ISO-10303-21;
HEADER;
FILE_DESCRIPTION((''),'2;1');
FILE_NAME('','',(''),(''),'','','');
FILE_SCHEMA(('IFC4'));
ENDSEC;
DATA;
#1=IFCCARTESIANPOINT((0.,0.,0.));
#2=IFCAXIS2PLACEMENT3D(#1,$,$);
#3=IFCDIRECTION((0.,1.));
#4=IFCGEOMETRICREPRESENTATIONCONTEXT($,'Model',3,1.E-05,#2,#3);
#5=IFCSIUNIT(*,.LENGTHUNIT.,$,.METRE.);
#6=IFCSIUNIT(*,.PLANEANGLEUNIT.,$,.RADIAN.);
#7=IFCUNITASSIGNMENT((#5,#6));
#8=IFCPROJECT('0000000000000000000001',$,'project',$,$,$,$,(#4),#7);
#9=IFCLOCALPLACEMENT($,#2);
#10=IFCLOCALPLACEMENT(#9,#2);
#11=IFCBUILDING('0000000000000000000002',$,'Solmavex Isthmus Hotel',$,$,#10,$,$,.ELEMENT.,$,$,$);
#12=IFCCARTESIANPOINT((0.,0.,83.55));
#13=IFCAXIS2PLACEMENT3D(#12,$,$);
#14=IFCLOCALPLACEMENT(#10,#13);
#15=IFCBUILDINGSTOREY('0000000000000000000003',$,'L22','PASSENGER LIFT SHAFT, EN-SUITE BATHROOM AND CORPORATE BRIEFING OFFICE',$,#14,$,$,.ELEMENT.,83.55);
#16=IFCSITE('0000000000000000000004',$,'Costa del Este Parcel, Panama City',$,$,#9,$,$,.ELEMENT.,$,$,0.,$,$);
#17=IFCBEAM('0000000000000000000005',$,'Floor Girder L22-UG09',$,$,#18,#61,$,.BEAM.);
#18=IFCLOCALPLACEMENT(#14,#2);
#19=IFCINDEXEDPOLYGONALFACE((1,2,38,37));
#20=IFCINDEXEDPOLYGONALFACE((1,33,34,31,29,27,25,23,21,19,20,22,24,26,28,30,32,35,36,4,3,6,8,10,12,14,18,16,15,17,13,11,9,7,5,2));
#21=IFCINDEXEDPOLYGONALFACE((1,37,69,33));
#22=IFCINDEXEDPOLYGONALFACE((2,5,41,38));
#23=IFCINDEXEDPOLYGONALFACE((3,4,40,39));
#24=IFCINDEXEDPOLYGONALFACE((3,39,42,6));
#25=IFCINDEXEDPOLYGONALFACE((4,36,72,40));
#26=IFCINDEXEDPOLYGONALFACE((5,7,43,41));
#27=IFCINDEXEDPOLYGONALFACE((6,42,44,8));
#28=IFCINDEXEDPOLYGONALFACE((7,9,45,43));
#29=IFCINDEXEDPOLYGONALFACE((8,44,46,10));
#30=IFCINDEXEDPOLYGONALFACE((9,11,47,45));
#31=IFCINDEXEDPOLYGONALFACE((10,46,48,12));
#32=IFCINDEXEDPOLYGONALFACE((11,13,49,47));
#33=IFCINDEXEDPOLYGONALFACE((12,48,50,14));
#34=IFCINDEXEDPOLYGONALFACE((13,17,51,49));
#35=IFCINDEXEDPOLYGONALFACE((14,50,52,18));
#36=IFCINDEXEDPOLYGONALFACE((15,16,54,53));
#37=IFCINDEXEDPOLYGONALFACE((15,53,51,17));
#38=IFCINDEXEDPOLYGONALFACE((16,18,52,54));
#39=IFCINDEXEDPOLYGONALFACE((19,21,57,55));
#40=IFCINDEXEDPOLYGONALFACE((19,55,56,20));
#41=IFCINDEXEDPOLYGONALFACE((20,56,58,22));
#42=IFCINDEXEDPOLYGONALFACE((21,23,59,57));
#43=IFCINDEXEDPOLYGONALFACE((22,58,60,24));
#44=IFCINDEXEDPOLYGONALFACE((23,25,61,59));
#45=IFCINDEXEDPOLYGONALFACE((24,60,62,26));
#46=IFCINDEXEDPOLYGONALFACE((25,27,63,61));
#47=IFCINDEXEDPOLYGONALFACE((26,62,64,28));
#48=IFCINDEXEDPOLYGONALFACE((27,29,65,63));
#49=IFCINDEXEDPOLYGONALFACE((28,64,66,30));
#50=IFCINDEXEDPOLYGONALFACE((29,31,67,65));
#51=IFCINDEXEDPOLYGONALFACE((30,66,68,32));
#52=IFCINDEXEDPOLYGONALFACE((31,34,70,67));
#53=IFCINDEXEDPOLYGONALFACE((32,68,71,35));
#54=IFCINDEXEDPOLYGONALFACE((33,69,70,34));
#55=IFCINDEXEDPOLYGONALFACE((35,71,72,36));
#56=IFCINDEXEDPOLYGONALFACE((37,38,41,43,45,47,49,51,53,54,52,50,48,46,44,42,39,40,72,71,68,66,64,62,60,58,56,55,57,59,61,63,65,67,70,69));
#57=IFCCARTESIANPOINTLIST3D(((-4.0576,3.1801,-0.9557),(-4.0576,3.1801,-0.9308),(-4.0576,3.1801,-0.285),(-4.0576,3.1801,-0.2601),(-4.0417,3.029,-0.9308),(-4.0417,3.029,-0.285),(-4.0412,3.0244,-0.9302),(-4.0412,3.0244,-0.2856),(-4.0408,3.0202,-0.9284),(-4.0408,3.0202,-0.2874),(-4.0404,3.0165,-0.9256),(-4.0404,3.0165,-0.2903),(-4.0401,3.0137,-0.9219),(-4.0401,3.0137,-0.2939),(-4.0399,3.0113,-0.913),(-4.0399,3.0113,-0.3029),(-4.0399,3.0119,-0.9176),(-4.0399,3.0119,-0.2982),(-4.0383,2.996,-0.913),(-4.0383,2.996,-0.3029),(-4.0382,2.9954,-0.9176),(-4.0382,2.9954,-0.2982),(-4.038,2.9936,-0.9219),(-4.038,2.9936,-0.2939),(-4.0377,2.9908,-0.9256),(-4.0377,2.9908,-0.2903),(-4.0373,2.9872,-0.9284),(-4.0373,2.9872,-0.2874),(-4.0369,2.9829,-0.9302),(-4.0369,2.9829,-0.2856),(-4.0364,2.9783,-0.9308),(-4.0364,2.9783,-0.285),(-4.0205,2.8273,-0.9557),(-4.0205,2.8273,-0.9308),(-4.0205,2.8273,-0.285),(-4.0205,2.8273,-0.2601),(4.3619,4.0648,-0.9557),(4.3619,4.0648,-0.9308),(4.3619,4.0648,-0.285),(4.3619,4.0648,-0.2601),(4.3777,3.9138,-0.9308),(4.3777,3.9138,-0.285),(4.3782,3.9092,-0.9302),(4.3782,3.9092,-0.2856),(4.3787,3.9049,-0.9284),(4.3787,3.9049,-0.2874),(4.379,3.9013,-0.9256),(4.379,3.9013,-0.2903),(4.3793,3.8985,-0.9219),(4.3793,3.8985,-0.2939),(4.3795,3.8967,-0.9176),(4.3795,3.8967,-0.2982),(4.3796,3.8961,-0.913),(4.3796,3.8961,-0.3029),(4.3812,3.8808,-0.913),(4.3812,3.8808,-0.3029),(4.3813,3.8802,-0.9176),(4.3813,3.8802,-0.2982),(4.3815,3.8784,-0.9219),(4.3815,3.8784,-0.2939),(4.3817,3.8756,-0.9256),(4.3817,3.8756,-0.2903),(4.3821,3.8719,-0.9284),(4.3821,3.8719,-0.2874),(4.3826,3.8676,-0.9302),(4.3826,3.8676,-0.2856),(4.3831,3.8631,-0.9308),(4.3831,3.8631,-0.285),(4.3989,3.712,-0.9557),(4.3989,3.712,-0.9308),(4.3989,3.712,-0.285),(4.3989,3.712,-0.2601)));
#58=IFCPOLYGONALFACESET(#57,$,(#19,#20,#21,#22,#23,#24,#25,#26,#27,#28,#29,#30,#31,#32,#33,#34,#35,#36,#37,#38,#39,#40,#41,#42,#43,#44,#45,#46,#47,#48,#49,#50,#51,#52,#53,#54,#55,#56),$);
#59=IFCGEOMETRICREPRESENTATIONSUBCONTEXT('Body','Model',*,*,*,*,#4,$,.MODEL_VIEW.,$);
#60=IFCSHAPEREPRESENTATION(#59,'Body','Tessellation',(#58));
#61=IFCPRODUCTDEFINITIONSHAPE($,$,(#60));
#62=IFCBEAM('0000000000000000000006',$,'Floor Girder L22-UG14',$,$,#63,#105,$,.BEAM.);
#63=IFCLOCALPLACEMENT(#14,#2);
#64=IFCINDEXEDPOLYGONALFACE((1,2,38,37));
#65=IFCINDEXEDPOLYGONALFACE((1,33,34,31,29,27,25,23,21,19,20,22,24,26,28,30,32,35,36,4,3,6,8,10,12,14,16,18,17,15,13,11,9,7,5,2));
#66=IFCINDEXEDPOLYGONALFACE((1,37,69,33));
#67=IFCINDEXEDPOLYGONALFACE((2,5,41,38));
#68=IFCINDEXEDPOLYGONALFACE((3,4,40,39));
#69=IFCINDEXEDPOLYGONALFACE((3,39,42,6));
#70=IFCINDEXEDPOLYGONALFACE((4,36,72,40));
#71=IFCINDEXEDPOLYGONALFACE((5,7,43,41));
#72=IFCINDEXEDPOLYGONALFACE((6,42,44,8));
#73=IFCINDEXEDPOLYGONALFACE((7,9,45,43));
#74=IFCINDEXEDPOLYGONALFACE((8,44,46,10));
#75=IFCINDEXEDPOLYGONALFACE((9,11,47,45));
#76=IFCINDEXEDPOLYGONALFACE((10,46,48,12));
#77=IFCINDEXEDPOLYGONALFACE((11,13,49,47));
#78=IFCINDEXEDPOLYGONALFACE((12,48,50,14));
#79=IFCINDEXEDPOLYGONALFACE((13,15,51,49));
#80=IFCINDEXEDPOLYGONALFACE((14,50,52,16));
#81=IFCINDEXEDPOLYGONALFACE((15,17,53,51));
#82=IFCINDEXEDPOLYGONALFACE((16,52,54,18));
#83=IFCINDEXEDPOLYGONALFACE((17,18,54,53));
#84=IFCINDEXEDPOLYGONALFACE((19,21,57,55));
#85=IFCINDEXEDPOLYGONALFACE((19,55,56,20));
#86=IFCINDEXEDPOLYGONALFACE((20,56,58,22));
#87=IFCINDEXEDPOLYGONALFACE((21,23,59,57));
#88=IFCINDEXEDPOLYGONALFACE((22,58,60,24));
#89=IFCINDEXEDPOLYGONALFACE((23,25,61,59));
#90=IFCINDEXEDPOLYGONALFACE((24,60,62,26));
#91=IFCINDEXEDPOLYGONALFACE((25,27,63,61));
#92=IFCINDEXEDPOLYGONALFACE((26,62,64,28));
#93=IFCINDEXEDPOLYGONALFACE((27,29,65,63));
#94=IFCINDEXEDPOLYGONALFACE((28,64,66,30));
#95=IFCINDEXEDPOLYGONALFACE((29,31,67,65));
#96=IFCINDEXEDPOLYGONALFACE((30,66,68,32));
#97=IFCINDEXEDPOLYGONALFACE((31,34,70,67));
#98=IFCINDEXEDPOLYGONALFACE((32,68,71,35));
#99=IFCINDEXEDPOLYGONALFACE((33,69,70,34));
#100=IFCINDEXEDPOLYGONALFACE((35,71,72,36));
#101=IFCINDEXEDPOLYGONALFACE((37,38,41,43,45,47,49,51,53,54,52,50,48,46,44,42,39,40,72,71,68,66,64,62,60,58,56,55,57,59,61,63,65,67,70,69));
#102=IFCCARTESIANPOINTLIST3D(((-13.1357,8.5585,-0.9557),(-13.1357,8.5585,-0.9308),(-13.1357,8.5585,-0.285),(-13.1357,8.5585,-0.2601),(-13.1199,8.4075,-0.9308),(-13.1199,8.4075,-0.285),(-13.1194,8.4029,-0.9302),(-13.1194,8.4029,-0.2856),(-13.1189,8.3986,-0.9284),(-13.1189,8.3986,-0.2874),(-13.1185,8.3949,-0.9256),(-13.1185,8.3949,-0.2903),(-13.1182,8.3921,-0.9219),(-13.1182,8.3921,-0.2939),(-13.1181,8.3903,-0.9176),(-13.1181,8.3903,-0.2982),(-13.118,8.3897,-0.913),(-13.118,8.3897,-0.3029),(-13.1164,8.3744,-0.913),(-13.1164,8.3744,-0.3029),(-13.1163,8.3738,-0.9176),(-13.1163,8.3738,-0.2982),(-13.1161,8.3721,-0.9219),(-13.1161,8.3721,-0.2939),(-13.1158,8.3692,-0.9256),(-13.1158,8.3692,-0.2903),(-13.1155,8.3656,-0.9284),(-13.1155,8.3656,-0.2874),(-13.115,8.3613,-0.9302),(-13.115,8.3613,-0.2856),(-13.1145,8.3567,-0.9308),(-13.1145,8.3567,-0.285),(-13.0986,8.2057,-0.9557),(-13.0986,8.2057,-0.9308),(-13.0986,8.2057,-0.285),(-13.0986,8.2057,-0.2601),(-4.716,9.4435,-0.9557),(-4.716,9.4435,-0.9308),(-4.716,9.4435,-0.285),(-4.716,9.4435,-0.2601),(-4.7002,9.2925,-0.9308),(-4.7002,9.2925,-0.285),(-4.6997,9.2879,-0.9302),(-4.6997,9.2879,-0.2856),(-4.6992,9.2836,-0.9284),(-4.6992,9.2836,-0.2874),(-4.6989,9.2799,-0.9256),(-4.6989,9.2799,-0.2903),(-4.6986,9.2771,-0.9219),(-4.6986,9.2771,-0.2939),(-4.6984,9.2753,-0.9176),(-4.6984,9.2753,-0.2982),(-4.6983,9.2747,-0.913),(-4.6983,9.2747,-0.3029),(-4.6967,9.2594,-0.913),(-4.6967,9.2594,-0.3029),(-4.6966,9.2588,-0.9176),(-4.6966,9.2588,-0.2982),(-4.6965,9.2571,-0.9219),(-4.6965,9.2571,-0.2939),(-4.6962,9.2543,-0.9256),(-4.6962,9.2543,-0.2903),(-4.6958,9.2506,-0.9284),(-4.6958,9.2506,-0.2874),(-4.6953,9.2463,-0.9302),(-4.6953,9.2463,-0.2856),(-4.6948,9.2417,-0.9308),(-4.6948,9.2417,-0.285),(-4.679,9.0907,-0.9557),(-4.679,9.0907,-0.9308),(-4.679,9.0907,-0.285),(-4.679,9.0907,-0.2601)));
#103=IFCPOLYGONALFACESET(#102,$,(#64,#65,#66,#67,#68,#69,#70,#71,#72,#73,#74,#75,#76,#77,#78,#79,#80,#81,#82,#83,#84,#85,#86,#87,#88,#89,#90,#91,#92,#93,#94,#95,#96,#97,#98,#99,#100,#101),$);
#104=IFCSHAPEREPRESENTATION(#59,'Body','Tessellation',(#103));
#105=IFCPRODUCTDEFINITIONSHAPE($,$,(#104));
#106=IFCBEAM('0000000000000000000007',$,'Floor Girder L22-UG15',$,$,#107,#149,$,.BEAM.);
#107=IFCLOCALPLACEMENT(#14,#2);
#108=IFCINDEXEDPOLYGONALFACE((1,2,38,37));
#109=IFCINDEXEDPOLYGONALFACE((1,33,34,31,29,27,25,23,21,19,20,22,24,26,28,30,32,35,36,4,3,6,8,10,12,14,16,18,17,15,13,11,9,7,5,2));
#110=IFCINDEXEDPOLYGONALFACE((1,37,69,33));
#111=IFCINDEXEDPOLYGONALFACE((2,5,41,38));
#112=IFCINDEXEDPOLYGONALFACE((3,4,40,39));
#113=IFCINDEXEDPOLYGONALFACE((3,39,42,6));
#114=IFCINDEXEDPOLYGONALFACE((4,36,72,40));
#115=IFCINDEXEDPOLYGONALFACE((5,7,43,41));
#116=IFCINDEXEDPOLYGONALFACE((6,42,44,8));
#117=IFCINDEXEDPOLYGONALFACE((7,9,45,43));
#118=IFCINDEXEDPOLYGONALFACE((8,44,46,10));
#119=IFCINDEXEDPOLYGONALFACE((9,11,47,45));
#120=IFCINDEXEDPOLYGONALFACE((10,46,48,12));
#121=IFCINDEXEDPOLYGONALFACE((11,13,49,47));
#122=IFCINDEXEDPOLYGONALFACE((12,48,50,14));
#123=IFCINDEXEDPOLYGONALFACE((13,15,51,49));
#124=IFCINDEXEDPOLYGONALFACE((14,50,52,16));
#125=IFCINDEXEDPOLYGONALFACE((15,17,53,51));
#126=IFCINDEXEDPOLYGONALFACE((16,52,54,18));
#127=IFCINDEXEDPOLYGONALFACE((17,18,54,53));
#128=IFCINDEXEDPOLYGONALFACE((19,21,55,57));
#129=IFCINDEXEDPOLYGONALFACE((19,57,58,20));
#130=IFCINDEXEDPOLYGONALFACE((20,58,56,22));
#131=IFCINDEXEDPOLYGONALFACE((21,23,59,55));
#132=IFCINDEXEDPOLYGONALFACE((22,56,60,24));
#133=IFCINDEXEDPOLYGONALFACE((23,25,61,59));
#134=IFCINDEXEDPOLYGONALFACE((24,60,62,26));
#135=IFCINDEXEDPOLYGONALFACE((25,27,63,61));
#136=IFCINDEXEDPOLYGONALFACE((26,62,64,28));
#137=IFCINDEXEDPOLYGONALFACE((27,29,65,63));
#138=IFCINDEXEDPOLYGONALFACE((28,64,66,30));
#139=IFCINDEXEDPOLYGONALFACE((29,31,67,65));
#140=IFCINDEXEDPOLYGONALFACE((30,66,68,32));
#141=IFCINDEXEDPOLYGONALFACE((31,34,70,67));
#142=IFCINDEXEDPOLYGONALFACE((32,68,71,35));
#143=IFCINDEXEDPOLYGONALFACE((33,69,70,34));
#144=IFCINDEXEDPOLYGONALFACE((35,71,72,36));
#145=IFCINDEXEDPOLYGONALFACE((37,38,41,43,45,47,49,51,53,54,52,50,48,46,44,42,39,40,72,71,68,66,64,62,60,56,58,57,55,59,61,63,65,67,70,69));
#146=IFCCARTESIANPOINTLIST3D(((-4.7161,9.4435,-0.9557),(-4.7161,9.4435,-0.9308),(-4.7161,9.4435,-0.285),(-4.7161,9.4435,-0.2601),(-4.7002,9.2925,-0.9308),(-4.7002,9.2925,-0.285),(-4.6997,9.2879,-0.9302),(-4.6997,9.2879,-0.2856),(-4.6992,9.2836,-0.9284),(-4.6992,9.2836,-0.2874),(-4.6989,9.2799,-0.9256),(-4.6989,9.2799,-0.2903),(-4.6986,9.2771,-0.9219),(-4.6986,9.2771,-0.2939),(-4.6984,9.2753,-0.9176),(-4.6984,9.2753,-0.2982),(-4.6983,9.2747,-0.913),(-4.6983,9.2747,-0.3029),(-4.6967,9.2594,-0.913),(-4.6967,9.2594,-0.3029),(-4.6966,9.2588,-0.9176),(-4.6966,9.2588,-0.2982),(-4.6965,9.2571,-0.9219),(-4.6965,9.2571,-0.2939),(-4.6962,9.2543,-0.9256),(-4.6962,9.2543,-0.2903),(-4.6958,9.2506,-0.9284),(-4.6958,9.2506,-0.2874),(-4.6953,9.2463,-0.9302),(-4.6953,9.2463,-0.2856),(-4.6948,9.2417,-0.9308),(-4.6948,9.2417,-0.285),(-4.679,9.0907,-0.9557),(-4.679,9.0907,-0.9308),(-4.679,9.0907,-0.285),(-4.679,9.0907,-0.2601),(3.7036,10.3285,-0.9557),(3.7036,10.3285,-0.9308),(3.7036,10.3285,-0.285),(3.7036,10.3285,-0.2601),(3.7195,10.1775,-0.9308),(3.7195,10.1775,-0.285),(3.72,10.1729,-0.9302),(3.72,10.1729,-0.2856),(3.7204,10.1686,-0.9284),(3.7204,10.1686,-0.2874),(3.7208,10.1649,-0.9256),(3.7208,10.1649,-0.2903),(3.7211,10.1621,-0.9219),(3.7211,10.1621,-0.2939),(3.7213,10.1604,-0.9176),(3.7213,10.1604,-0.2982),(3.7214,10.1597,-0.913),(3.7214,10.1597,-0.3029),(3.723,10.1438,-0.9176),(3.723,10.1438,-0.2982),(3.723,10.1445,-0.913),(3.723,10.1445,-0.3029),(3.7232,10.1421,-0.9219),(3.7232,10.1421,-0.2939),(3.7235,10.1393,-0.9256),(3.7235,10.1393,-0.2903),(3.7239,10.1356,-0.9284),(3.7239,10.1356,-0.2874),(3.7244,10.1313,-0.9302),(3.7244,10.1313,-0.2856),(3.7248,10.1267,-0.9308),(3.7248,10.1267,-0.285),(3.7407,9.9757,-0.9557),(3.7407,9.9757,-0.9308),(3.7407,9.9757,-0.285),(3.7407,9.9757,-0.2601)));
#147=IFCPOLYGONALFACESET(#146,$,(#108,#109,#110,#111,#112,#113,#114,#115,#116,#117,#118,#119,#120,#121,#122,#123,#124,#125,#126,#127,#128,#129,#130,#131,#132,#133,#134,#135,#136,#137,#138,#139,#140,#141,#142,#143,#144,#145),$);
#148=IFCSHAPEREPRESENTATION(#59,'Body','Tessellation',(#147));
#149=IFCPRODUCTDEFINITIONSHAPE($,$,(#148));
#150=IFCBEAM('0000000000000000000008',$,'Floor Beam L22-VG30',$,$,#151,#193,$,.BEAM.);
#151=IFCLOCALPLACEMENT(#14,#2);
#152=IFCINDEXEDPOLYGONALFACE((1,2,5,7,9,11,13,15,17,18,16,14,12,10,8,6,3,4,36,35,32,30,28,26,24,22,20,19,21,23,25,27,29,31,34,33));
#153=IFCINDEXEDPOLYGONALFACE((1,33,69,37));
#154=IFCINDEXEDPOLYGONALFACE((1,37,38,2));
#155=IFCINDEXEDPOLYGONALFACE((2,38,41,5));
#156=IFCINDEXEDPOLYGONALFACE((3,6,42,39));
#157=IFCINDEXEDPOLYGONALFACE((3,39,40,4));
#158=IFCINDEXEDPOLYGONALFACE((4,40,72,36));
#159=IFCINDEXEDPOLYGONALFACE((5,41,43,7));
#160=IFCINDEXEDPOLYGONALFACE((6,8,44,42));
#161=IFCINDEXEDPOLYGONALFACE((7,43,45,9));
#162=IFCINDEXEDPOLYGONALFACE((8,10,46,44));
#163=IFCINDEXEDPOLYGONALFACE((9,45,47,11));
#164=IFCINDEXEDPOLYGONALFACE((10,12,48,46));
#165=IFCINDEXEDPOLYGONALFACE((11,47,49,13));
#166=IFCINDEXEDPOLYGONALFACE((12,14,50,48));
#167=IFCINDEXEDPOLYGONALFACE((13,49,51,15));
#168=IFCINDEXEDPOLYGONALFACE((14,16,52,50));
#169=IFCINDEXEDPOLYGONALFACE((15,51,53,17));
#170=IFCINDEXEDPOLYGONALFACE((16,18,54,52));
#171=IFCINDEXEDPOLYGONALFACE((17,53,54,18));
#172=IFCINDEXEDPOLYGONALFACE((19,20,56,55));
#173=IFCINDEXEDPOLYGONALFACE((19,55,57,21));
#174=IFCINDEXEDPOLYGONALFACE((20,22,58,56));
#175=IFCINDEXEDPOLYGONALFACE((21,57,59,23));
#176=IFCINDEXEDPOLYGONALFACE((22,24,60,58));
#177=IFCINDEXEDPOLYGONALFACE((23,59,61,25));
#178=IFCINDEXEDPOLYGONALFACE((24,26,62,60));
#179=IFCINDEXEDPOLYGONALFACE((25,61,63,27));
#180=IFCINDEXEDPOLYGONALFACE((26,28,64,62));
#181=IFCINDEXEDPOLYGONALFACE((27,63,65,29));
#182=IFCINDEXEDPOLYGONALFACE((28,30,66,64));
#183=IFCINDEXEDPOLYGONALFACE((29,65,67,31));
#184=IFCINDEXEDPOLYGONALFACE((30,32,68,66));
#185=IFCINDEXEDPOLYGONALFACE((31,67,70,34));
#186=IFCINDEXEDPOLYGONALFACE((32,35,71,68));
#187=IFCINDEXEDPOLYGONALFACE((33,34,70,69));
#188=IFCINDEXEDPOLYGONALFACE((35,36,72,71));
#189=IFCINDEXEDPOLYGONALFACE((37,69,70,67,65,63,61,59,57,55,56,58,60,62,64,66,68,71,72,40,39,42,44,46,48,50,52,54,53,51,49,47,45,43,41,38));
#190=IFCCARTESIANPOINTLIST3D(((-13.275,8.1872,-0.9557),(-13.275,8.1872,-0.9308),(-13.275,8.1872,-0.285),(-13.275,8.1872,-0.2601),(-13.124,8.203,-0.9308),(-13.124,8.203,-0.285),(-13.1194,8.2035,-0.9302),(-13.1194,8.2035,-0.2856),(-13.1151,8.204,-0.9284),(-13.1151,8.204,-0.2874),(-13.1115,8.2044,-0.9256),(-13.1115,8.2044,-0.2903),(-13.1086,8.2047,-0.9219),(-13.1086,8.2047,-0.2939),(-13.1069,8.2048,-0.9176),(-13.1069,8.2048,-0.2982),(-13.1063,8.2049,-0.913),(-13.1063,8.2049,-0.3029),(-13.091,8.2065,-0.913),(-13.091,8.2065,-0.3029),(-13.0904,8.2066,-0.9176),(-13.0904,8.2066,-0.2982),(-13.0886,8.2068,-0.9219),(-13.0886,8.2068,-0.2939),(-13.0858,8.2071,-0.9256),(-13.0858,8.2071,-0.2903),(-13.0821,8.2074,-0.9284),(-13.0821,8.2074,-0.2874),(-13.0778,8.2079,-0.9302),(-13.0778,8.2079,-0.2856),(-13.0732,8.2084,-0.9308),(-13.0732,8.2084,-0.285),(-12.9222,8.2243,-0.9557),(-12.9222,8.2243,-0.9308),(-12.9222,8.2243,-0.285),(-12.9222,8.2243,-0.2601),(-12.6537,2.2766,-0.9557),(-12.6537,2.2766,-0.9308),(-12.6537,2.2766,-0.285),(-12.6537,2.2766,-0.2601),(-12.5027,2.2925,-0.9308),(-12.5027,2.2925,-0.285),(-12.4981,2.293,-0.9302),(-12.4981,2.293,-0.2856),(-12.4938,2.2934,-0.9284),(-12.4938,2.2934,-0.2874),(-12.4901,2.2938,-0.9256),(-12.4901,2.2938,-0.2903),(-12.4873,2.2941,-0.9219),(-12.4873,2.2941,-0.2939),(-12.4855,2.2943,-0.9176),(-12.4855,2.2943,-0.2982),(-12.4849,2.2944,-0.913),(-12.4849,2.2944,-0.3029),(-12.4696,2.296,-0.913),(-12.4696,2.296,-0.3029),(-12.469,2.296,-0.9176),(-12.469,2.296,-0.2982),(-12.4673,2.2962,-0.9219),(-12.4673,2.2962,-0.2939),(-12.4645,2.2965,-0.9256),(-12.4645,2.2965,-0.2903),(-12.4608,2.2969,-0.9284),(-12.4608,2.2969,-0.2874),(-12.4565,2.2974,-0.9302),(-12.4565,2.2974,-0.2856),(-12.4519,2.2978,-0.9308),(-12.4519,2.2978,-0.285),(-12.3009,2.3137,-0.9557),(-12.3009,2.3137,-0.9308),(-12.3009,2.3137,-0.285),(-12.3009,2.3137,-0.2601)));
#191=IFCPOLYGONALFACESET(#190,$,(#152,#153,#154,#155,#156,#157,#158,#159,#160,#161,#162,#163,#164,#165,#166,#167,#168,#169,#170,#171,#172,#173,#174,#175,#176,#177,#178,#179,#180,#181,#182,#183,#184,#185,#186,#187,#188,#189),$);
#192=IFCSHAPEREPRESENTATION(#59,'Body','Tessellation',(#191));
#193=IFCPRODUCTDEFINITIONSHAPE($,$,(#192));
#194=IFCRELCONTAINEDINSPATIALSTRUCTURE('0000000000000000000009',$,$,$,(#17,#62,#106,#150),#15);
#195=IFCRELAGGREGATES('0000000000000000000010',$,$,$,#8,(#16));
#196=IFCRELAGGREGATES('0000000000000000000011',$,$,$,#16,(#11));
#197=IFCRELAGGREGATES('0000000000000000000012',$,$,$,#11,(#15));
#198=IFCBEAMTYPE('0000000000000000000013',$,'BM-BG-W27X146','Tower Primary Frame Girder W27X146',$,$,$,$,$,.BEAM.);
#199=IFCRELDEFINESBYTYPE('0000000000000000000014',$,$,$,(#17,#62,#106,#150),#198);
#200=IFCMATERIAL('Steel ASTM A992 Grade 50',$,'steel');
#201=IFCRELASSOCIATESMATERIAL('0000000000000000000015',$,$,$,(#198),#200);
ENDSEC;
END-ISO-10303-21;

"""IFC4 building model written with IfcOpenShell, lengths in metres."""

from ifc_helpers import new_model, si_unit, direction, frame, origin, origin_2d, place, context, subcontext, project, spatial, i_section, extrude, material, material_profile, profile_set, type_object, element, save


model = new_model("IFC4")

# Units and contexts
model_context = context("Model", 3, precision=1e-05, world=origin(), true_north=direction((0.0, 1.0)))
body_context = subcontext(model_context, "Body", "Model", "MODEL_VIEW")
ifc_project = project(units=[si_unit("LENGTHUNIT", "METRE"), si_unit("PLANEANGLEUNIT", "RADIAN")], contexts=[model_context])

# Site, building, storey
site_placement = place(None, origin())
site = spatial("IfcSite", under=ifc_project, at=site_placement, Name="Costa del Este Parcel, Panama City", CompositionType="ELEMENT", RefElevation=0.0)
building_placement = place(site_placement, origin())
building = spatial("IfcBuilding", under=site, at=building_placement, Name="Solmavex Isthmus Hotel", CompositionType="ELEMENT")
storey_placement = place(building_placement, frame((0.0, 0.0, 83.55)))
storey = spatial("IfcBuildingStorey", under=building, at=storey_placement, Name="L22", Description="PASSENGER LIFT SHAFT, EN-SUITE BATHROOM AND CORPORATE BRIEFING OFFICE", CompositionType="ELEMENT", Elevation=83.55)

# Beams
ifc_material_1 = material(Name="Steel ASTM A992 Grade 50", Category="steel")
ifc_material_profile_1 = material_profile(ifc_material_1, i_section(OverallWidth=0.3547, OverallDepth=0.6956, WebThickness=0.0154, FlangeThickness=0.0249, FilletRadius=0.0178, at=origin_2d()), Name="W27X146")
ifc_profile_set_1 = profile_set([ifc_material_profile_1], Name="Steel ASTM A992 Grade 50")
beam_type_1 = type_object("IfcBeamType", Name="BM-BG-W27X146", Description="Tower Primary Frame Girder W27X146", PredefinedType="BEAM", material=ifc_profile_set_1)
beam_1_placement = place(storey_placement, frame((-4.0391, 3.0037, -0.6079), z_axis=(0.994524, 0.104511, 0.0), x_axis=(-0.104511, 0.994524, 0.0)))
element("IfcBeam", 1, at=beam_1_placement, inside=storey, type_object=beam_type_1, Name="Floor Girder L22-UG09", PredefinedType="BEAM", context=body_context, shape_type="SweptSolid", body=[
    extrude(i_section(OverallWidth=0.3547, OverallDepth=0.6956, WebThickness=0.0154, FlangeThickness=0.0249, FilletRadius=0.0178, at=origin_2d()), origin(), (0.0, 0.0, 1.0), 8.4658),
])
for number, where, z_axis, x_axis, name in (
    (2, (-13.1172, 8.3821, -0.6079), (0.994521, 0.104536, 0.0), (-0.104536, 0.994521, 0.0), "Floor Girder L22-UG14"),
    (3, (-4.6975, 9.2671, -0.6079), (0.994521, 0.104536, 0.0), (-0.104536, 0.994521, 0.0), "Floor Girder L22-UG15"),
):
    element("IfcBeam", number, at=place(storey_placement, frame(where, z_axis=z_axis, x_axis=x_axis)), inside=storey, type_object=beam_type_1, Name=name, PredefinedType="BEAM", context=body_context, shape_type="SweptSolid", body=[
        extrude(i_section(OverallWidth=0.3547, OverallDepth=0.6956, WebThickness=0.0154, FlangeThickness=0.0249, FilletRadius=0.0178, at=origin_2d()), origin(), (0.0, 0.0, 1.0), 8.4661),
    ])
for number, where, z_axis, x_axis, name in (
    (4, (-12.4773, 2.2952, -0.6079), (-0.104546, 0.99452, 0.0), (-0.99452, -0.104546, 0.0), "Floor Beam L22-VG30"),
):
    element("IfcBeam", number, at=place(storey_placement, frame(where, z_axis=z_axis, x_axis=x_axis)), inside=storey, type_object=beam_type_1, Name=name, PredefinedType="BEAM", context=body_context, shape_type="SweptSolid", body=[
        extrude(i_section(OverallWidth=0.3547, OverallDepth=0.6956, WebThickness=0.0154, FlangeThickness=0.0249, FilletRadius=0.0178, at=origin_2d()), origin(), (0.0, 0.0, 1.0), 5.9431),
    ])

save(model, "model.ifc")
